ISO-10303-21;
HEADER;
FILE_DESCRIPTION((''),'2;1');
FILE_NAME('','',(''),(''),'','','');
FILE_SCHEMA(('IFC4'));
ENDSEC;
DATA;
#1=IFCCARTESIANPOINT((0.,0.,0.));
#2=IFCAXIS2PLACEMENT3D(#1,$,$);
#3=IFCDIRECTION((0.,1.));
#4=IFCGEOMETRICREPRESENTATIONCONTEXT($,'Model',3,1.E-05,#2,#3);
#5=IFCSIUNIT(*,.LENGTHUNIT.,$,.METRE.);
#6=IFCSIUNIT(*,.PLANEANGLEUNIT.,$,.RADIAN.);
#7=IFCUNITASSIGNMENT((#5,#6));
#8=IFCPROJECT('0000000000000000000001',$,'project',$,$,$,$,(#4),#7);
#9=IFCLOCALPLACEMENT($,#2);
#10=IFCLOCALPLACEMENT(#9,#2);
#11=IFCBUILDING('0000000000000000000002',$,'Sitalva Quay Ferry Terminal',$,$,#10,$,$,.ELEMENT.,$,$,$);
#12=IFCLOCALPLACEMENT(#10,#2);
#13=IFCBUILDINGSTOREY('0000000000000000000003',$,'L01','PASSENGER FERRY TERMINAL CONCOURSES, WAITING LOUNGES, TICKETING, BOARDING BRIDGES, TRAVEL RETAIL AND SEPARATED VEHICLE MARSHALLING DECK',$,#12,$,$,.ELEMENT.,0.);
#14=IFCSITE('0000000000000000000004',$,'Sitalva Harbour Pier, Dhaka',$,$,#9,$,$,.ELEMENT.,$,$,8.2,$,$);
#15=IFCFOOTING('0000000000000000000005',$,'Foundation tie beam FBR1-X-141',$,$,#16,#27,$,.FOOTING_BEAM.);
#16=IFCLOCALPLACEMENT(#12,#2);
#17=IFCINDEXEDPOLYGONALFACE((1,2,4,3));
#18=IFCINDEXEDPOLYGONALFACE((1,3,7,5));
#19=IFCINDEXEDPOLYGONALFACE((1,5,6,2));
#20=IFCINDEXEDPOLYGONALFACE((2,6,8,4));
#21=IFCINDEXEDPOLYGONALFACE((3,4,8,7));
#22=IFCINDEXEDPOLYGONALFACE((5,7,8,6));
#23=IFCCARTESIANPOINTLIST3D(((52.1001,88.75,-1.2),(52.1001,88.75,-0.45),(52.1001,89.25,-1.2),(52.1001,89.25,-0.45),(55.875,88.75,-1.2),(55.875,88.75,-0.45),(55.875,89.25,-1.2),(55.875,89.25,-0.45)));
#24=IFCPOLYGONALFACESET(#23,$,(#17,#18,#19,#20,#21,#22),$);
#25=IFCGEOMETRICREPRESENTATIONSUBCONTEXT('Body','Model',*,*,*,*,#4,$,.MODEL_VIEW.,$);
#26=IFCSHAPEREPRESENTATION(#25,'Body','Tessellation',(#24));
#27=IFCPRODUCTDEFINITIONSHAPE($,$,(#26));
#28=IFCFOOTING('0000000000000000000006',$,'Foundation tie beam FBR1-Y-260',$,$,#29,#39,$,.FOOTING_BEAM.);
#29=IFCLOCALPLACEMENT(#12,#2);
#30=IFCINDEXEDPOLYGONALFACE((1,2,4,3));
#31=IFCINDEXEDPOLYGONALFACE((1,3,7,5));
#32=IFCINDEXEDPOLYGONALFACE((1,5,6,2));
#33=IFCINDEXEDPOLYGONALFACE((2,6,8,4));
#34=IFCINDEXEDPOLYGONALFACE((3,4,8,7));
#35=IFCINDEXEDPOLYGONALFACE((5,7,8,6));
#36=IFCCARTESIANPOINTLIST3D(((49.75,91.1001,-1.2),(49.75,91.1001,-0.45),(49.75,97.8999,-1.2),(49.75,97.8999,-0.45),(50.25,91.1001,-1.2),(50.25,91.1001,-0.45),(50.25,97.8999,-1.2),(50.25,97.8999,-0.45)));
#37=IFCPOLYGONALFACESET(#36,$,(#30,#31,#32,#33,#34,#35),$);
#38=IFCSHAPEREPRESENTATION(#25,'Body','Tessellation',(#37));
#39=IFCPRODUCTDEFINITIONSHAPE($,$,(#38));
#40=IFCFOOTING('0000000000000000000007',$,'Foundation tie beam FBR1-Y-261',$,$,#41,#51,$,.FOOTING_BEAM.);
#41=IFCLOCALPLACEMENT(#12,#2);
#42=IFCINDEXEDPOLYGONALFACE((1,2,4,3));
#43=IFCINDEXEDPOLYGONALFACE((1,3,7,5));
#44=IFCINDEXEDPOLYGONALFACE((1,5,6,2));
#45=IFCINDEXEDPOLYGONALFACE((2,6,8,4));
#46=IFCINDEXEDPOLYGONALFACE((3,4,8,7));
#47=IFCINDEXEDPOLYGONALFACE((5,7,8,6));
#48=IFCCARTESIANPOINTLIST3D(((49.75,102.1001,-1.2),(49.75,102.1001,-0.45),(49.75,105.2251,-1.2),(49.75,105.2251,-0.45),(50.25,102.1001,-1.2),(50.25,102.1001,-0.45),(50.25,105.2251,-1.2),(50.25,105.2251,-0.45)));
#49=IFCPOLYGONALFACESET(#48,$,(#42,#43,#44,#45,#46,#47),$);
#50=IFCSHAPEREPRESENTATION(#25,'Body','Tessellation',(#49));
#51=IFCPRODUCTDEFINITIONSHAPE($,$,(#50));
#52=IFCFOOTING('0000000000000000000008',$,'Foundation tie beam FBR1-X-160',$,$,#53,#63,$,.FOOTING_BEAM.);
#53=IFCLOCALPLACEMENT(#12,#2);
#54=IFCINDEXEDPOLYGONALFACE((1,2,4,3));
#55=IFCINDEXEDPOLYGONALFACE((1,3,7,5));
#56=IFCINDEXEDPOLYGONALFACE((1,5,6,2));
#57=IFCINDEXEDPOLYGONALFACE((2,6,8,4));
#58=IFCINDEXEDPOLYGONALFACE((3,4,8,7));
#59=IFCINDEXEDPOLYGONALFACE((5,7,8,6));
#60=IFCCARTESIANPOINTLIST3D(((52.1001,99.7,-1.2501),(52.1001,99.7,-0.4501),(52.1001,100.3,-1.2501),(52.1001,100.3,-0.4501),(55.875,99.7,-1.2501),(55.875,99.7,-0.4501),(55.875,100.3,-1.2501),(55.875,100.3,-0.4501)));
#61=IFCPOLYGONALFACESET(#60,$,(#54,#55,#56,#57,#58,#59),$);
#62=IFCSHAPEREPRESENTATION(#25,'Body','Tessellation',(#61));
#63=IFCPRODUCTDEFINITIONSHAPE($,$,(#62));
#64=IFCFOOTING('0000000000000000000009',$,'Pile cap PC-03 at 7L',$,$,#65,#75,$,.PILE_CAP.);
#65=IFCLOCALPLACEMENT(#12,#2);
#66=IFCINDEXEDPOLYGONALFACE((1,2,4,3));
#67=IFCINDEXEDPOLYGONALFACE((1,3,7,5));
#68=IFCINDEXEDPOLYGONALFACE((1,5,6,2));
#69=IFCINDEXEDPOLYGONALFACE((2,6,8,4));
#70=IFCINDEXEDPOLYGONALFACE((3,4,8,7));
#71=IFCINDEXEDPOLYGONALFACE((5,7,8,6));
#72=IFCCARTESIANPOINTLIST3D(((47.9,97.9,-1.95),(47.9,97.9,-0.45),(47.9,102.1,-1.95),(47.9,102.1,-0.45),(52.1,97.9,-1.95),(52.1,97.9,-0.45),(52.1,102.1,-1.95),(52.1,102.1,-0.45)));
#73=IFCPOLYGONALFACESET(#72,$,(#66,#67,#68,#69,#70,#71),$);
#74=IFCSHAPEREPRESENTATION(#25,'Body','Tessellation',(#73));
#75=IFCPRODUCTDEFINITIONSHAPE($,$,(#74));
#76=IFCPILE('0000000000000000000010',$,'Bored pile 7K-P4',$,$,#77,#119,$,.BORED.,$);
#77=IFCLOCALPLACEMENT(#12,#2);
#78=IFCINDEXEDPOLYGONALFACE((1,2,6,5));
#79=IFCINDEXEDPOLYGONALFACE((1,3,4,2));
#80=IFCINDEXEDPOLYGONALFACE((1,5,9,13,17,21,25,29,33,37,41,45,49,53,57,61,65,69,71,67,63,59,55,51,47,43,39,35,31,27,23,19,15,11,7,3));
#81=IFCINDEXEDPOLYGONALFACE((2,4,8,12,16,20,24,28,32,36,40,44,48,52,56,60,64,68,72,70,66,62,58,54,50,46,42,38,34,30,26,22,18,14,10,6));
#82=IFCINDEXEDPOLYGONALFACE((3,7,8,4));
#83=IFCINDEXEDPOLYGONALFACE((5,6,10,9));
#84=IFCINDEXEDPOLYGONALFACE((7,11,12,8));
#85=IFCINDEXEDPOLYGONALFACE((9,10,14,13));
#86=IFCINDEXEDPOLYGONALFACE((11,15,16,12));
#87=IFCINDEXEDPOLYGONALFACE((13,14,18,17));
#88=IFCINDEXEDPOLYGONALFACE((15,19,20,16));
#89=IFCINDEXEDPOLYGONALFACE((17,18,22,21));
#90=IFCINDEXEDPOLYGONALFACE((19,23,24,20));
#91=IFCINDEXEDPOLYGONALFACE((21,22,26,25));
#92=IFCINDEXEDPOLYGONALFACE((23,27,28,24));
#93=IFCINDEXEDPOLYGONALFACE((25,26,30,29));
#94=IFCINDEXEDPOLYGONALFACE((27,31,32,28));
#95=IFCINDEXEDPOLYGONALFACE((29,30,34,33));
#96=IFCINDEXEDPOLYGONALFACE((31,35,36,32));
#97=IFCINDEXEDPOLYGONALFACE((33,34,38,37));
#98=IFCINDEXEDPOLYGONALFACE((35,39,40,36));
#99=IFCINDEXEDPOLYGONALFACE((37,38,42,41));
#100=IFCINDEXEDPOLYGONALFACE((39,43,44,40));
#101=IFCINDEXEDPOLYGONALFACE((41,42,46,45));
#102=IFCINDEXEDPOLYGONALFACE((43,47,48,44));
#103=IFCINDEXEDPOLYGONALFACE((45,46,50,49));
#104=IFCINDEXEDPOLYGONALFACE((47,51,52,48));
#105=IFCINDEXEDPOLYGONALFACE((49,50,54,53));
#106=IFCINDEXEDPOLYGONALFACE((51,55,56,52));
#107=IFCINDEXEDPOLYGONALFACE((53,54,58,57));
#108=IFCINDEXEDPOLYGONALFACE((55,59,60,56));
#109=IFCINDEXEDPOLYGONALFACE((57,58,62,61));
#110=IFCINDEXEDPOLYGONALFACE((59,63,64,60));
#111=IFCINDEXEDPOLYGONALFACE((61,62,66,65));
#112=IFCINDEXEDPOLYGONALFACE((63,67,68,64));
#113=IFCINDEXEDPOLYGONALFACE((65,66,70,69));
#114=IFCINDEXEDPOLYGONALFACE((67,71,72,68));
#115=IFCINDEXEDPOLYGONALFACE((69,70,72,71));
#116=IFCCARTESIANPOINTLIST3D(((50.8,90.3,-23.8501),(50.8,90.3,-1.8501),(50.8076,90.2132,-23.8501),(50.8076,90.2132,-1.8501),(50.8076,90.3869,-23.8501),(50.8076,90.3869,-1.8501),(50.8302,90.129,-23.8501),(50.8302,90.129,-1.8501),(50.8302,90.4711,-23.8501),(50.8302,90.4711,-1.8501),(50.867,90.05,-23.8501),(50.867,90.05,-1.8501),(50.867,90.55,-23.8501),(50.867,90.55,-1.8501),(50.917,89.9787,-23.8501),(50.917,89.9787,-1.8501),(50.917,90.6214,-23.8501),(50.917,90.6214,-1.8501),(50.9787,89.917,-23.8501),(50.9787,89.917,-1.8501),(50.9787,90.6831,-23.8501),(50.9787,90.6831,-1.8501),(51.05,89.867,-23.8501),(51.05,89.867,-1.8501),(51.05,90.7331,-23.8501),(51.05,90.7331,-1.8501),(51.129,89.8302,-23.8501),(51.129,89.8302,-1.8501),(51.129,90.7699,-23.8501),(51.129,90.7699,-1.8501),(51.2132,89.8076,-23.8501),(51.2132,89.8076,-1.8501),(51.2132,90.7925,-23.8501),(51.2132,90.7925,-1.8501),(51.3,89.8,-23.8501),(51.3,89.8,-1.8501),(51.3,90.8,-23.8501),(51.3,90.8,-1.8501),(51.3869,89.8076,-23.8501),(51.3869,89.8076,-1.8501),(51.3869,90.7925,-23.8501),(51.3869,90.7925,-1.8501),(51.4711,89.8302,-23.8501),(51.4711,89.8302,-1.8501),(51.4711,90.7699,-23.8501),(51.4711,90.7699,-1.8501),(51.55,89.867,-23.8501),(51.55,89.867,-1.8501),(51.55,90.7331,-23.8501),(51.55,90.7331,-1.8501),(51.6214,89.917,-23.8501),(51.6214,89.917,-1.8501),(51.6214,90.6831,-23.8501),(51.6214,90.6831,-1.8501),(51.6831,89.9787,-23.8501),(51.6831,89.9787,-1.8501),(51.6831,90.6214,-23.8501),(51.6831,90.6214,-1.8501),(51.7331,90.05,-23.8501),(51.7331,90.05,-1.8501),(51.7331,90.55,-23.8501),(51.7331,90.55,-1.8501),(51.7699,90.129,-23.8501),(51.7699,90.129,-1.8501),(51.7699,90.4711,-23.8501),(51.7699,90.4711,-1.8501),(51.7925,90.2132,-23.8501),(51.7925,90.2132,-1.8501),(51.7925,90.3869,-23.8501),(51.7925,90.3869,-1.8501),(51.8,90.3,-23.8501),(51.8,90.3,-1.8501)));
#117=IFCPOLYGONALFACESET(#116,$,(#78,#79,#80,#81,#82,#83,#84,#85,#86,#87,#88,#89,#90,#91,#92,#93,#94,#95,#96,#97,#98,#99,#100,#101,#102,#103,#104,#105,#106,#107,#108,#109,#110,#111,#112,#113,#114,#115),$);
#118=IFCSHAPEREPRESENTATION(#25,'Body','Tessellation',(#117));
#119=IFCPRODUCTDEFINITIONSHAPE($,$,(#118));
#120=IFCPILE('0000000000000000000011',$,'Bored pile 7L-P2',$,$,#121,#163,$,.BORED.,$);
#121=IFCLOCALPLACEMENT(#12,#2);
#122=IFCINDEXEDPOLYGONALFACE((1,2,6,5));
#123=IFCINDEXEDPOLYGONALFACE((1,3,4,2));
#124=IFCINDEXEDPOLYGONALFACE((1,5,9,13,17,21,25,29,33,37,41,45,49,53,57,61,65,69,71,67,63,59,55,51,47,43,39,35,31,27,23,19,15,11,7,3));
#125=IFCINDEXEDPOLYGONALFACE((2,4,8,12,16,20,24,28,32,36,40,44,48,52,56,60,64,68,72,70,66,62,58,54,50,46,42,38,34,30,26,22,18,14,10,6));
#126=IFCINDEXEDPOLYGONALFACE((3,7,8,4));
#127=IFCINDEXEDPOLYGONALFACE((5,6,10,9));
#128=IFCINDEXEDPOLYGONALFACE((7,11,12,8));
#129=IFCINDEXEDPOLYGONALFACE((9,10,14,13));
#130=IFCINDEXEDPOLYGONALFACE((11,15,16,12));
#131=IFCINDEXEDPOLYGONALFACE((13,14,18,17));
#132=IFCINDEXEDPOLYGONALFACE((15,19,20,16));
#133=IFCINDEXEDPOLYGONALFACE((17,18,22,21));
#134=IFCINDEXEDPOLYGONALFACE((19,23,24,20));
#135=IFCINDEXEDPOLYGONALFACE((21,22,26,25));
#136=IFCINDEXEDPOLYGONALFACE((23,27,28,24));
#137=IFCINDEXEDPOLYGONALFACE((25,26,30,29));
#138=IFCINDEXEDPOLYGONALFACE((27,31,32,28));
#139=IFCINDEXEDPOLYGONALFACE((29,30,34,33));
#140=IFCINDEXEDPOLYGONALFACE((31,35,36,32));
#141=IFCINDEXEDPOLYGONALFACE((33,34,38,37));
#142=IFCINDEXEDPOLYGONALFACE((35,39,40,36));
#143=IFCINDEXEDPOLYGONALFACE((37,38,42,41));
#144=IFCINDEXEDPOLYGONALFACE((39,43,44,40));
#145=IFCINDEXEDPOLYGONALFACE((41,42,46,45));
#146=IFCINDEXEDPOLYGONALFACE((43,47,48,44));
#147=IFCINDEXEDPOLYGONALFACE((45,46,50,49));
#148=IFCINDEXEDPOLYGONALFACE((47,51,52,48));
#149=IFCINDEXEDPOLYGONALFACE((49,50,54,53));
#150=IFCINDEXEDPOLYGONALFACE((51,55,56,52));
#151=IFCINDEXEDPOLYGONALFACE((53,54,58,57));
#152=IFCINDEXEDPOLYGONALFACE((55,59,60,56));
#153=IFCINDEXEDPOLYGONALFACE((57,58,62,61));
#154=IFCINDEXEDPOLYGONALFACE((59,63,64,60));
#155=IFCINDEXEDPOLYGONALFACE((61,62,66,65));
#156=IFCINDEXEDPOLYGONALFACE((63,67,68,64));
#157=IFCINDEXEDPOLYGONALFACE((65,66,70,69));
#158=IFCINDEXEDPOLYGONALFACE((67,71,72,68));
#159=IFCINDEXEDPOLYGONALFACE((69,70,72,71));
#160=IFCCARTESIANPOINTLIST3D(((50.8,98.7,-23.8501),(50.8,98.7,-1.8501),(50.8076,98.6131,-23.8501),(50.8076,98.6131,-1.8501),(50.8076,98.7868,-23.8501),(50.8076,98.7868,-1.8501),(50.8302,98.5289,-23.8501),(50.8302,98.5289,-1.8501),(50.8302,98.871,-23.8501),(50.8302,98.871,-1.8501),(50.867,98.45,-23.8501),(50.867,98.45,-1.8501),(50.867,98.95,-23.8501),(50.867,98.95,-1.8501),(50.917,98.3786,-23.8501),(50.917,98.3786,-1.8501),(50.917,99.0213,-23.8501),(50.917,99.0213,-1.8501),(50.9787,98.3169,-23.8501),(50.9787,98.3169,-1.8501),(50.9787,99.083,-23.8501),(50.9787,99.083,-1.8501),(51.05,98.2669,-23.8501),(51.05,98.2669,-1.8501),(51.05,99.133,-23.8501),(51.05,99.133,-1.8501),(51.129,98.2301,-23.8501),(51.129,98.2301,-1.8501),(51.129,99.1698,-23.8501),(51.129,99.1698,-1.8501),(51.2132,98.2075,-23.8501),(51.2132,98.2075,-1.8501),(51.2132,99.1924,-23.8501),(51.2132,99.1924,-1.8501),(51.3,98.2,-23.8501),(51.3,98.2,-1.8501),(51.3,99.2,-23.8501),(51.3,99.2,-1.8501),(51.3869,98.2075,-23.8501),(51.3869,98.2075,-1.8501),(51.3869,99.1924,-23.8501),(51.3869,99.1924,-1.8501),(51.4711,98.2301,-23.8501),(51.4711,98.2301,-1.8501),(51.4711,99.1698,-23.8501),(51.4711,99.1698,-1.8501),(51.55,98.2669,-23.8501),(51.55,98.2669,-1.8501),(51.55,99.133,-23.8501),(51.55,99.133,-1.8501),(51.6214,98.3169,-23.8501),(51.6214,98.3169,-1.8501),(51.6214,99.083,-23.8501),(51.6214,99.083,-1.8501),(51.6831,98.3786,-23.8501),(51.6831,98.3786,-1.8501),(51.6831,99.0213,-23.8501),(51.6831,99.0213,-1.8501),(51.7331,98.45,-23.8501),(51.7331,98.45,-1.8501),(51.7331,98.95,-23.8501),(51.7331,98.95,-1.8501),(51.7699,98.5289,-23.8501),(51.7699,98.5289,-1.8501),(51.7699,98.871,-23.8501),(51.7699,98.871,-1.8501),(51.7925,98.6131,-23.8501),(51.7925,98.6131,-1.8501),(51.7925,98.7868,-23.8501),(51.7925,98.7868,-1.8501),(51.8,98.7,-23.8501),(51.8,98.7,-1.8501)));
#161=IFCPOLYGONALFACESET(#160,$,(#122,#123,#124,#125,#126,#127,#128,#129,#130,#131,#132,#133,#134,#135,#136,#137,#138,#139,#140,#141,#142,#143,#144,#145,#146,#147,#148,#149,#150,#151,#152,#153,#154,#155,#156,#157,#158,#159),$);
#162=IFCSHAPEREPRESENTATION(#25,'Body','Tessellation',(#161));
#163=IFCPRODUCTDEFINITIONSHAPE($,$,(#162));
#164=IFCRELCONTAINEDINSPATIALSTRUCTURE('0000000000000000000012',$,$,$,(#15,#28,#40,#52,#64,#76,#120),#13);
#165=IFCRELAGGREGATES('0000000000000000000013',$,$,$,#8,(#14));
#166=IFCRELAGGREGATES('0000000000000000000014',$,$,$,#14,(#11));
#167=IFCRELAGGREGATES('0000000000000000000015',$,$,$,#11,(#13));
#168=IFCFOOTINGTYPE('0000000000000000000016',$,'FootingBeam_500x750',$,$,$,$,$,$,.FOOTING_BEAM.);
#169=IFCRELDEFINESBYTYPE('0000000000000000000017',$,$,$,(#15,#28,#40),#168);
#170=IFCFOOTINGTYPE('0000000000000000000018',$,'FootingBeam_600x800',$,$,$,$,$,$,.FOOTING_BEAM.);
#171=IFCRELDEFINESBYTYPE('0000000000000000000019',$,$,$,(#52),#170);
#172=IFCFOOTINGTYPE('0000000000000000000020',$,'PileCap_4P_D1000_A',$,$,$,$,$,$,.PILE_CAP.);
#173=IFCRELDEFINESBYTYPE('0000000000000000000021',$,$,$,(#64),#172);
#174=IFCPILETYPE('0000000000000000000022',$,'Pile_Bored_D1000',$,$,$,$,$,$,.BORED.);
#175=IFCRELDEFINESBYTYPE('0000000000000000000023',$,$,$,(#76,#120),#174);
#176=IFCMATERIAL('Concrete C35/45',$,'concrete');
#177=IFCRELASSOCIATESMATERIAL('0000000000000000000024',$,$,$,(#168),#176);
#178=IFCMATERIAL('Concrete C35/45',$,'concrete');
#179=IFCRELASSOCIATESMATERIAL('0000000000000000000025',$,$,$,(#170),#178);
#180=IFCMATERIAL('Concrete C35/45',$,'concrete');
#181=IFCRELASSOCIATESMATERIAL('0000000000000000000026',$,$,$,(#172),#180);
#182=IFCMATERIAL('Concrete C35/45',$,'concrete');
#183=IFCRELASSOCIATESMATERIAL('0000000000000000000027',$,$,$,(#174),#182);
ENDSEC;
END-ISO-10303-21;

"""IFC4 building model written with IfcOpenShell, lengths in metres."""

from ifc_helpers import new_model, si_unit, direction, frame, origin, origin_2d, place, context, subcontext, project, spatial, rectangle, circle, extrude, material, material_profile, profile_set, type_object, element, save


model = new_model("IFC4")

# Units and contexts
model_context = context("Model", 3, precision=1e-05, world=origin(), true_north=direction((0.0, 1.0)))
body_context = subcontext(model_context, "Body", "Model", "MODEL_VIEW")
ifc_project = project(units=[si_unit("LENGTHUNIT", "METRE"), si_unit("PLANEANGLEUNIT", "RADIAN")], contexts=[model_context])

# Site, building, storey
site_placement = place(None, origin())
site = spatial("IfcSite", under=ifc_project, at=site_placement, Name="Sitalva Harbour Pier, Dhaka", CompositionType="ELEMENT", RefElevation=8.2)
building_placement = place(site_placement, origin())
building = spatial("IfcBuilding", under=site, at=building_placement, Name="Sitalva Quay Ferry Terminal", CompositionType="ELEMENT")
storey_placement = place(building_placement, origin())
storey = spatial("IfcBuildingStorey", under=building, at=storey_placement, Name="L01", Description="PASSENGER FERRY TERMINAL CONCOURSES, WAITING LOUNGES, TICKETING, BOARDING BRIDGES, TRAVEL RETAIL AND SEPARATED VEHICLE MARSHALLING DECK", CompositionType="ELEMENT", Elevation=0.0)

# Footings
ifc_material_1 = material(Name="Concrete C35/45", Category="concrete")
ifc_material_profile_1 = material_profile(ifc_material_1, rectangle(XDim=0.5, YDim=0.75, at=origin_2d()), Name="RC500x750")
ifc_profile_set_1 = profile_set([ifc_material_profile_1], Name="Concrete C35/45")
footing_type_1 = type_object("IfcFootingType", Name="FootingBeam_500x750", PredefinedType="FOOTING_BEAM", material=ifc_profile_set_1)
footing_1_placement = place(storey_placement, frame((52.1001, 89.0, -0.825), z_axis=(1.0, 0.0, 0.0), x_axis=(0.0, 1.0, 0.0)))
element("IfcFooting", 1, at=footing_1_placement, inside=storey, type_object=footing_type_1, Name="Foundation tie beam FBR1-X-141", PredefinedType="FOOTING_BEAM", context=body_context, shape_type="SweptSolid", body=[
    extrude(rectangle(XDim=0.5, YDim=0.75, at=origin_2d()), origin(), (0.0, 0.0, 1.0), 3.7749),
])
footing_2_placement = place(storey_placement, frame((50.0, 91.1001, -0.825), z_axis=(0.0, 1.0, 0.0), x_axis=(-1.0, 0.0, 0.0)))
element("IfcFooting", 2, at=footing_2_placement, inside=storey, type_object=footing_type_1, Name="Foundation tie beam FBR1-Y-260", PredefinedType="FOOTING_BEAM", context=body_context, shape_type="SweptSolid", body=[
    extrude(rectangle(XDim=0.5, YDim=0.75, at=origin_2d()), origin(), (0.0, 0.0, 1.0), 6.7998),
])
footing_3_placement = place(storey_placement, frame((50.0, 102.1001, -0.825), z_axis=(0.0, 1.0, 0.0), x_axis=(-1.0, 0.0, 0.0)))
element("IfcFooting", 3, at=footing_3_placement, inside=storey, type_object=footing_type_1, Name="Foundation tie beam FBR1-Y-261", PredefinedType="FOOTING_BEAM", context=body_context, shape_type="SweptSolid", body=[
    extrude(rectangle(XDim=0.5, YDim=0.75, at=origin_2d()), origin(), (0.0, 0.0, 1.0), 3.125),
])
ifc_material_2 = material(Name="Concrete C35/45", Category="concrete")
ifc_material_profile_2 = material_profile(ifc_material_2, rectangle(XDim=0.6001, YDim=0.8, at=origin_2d()), Name="RC600x800")
ifc_profile_set_2 = profile_set([ifc_material_profile_2], Name="Concrete C35/45")
footing_type_2 = type_object("IfcFootingType", Name="FootingBeam_600x800", PredefinedType="FOOTING_BEAM", material=ifc_profile_set_2)
footing_4_placement = place(storey_placement, frame((52.1001, 100.0, -0.8501), z_axis=(1.0, 0.0, 0.0), x_axis=(0.0, 1.0, 0.0)))
element("IfcFooting", 4, at=footing_4_placement, inside=storey, type_object=footing_type_2, Name="Foundation tie beam FBR1-X-160", PredefinedType="FOOTING_BEAM", context=body_context, shape_type="SweptSolid", body=[
    extrude(rectangle(XDim=0.6001, YDim=0.8, at=origin_2d()), origin(), (0.0, 0.0, 1.0), 3.7749),
])
ifc_material_3 = material(Name="Concrete C35/45", Category="concrete")
footing_type_3 = type_object("IfcFootingType", Name="PileCap_4P_D1000_A", PredefinedType="PILE_CAP", material=ifc_material_3)
footing_5_placement = place(storey_placement, frame((50.0, 100.0, -1.95), z_axis=(0.0, 0.0, 1.0), x_axis=(1.0, 0.0, 0.0)))
element("IfcFooting", 5, at=footing_5_placement, inside=storey, type_object=footing_type_3, Name="Pile cap PC-03 at 7L", PredefinedType="PILE_CAP", context=body_context, shape_type="SweptSolid", body=[
    extrude(rectangle(XDim=4.2, YDim=4.2, at=origin_2d()), origin(), (0.0, 0.0, 1.0), 1.5),
])

# Piles
ifc_material_4 = material(Name="Concrete C35/45", Category="concrete")
ifc_material_profile_3 = material_profile(ifc_material_4, circle(Radius=0.5, at=origin_2d()), Name="PILE-D1000")
ifc_profile_set_3 = profile_set([ifc_material_profile_3], Name="Concrete C35/45")
pile_type = type_object("IfcPileType", Name="Pile_Bored_D1000", PredefinedType="BORED", material=ifc_profile_set_3)
for number, where, z_axis, x_axis, name in (
    (6, (51.3, 90.3, -1.8501), (0.0, 0.0, -1.0), (1.0, 0.0, 0.0), "Bored pile 7K-P4"),
    (7, (51.3, 98.7, -1.8501), (0.0, 0.0, -1.0), (1.0, 0.0, 0.0), "Bored pile 7L-P2"),
):
    element("IfcPile", number, at=place(storey_placement, frame(where, z_axis=z_axis, x_axis=x_axis)), inside=storey, type_object=pile_type, Name=name, PredefinedType="BORED", context=body_context, shape_type="SweptSolid", body=[
        extrude(circle(Radius=0.5, at=origin_2d()), origin(), (0.0, 0.0, 1.0), 22.0),
    ])

save(model, "model.ifc")
